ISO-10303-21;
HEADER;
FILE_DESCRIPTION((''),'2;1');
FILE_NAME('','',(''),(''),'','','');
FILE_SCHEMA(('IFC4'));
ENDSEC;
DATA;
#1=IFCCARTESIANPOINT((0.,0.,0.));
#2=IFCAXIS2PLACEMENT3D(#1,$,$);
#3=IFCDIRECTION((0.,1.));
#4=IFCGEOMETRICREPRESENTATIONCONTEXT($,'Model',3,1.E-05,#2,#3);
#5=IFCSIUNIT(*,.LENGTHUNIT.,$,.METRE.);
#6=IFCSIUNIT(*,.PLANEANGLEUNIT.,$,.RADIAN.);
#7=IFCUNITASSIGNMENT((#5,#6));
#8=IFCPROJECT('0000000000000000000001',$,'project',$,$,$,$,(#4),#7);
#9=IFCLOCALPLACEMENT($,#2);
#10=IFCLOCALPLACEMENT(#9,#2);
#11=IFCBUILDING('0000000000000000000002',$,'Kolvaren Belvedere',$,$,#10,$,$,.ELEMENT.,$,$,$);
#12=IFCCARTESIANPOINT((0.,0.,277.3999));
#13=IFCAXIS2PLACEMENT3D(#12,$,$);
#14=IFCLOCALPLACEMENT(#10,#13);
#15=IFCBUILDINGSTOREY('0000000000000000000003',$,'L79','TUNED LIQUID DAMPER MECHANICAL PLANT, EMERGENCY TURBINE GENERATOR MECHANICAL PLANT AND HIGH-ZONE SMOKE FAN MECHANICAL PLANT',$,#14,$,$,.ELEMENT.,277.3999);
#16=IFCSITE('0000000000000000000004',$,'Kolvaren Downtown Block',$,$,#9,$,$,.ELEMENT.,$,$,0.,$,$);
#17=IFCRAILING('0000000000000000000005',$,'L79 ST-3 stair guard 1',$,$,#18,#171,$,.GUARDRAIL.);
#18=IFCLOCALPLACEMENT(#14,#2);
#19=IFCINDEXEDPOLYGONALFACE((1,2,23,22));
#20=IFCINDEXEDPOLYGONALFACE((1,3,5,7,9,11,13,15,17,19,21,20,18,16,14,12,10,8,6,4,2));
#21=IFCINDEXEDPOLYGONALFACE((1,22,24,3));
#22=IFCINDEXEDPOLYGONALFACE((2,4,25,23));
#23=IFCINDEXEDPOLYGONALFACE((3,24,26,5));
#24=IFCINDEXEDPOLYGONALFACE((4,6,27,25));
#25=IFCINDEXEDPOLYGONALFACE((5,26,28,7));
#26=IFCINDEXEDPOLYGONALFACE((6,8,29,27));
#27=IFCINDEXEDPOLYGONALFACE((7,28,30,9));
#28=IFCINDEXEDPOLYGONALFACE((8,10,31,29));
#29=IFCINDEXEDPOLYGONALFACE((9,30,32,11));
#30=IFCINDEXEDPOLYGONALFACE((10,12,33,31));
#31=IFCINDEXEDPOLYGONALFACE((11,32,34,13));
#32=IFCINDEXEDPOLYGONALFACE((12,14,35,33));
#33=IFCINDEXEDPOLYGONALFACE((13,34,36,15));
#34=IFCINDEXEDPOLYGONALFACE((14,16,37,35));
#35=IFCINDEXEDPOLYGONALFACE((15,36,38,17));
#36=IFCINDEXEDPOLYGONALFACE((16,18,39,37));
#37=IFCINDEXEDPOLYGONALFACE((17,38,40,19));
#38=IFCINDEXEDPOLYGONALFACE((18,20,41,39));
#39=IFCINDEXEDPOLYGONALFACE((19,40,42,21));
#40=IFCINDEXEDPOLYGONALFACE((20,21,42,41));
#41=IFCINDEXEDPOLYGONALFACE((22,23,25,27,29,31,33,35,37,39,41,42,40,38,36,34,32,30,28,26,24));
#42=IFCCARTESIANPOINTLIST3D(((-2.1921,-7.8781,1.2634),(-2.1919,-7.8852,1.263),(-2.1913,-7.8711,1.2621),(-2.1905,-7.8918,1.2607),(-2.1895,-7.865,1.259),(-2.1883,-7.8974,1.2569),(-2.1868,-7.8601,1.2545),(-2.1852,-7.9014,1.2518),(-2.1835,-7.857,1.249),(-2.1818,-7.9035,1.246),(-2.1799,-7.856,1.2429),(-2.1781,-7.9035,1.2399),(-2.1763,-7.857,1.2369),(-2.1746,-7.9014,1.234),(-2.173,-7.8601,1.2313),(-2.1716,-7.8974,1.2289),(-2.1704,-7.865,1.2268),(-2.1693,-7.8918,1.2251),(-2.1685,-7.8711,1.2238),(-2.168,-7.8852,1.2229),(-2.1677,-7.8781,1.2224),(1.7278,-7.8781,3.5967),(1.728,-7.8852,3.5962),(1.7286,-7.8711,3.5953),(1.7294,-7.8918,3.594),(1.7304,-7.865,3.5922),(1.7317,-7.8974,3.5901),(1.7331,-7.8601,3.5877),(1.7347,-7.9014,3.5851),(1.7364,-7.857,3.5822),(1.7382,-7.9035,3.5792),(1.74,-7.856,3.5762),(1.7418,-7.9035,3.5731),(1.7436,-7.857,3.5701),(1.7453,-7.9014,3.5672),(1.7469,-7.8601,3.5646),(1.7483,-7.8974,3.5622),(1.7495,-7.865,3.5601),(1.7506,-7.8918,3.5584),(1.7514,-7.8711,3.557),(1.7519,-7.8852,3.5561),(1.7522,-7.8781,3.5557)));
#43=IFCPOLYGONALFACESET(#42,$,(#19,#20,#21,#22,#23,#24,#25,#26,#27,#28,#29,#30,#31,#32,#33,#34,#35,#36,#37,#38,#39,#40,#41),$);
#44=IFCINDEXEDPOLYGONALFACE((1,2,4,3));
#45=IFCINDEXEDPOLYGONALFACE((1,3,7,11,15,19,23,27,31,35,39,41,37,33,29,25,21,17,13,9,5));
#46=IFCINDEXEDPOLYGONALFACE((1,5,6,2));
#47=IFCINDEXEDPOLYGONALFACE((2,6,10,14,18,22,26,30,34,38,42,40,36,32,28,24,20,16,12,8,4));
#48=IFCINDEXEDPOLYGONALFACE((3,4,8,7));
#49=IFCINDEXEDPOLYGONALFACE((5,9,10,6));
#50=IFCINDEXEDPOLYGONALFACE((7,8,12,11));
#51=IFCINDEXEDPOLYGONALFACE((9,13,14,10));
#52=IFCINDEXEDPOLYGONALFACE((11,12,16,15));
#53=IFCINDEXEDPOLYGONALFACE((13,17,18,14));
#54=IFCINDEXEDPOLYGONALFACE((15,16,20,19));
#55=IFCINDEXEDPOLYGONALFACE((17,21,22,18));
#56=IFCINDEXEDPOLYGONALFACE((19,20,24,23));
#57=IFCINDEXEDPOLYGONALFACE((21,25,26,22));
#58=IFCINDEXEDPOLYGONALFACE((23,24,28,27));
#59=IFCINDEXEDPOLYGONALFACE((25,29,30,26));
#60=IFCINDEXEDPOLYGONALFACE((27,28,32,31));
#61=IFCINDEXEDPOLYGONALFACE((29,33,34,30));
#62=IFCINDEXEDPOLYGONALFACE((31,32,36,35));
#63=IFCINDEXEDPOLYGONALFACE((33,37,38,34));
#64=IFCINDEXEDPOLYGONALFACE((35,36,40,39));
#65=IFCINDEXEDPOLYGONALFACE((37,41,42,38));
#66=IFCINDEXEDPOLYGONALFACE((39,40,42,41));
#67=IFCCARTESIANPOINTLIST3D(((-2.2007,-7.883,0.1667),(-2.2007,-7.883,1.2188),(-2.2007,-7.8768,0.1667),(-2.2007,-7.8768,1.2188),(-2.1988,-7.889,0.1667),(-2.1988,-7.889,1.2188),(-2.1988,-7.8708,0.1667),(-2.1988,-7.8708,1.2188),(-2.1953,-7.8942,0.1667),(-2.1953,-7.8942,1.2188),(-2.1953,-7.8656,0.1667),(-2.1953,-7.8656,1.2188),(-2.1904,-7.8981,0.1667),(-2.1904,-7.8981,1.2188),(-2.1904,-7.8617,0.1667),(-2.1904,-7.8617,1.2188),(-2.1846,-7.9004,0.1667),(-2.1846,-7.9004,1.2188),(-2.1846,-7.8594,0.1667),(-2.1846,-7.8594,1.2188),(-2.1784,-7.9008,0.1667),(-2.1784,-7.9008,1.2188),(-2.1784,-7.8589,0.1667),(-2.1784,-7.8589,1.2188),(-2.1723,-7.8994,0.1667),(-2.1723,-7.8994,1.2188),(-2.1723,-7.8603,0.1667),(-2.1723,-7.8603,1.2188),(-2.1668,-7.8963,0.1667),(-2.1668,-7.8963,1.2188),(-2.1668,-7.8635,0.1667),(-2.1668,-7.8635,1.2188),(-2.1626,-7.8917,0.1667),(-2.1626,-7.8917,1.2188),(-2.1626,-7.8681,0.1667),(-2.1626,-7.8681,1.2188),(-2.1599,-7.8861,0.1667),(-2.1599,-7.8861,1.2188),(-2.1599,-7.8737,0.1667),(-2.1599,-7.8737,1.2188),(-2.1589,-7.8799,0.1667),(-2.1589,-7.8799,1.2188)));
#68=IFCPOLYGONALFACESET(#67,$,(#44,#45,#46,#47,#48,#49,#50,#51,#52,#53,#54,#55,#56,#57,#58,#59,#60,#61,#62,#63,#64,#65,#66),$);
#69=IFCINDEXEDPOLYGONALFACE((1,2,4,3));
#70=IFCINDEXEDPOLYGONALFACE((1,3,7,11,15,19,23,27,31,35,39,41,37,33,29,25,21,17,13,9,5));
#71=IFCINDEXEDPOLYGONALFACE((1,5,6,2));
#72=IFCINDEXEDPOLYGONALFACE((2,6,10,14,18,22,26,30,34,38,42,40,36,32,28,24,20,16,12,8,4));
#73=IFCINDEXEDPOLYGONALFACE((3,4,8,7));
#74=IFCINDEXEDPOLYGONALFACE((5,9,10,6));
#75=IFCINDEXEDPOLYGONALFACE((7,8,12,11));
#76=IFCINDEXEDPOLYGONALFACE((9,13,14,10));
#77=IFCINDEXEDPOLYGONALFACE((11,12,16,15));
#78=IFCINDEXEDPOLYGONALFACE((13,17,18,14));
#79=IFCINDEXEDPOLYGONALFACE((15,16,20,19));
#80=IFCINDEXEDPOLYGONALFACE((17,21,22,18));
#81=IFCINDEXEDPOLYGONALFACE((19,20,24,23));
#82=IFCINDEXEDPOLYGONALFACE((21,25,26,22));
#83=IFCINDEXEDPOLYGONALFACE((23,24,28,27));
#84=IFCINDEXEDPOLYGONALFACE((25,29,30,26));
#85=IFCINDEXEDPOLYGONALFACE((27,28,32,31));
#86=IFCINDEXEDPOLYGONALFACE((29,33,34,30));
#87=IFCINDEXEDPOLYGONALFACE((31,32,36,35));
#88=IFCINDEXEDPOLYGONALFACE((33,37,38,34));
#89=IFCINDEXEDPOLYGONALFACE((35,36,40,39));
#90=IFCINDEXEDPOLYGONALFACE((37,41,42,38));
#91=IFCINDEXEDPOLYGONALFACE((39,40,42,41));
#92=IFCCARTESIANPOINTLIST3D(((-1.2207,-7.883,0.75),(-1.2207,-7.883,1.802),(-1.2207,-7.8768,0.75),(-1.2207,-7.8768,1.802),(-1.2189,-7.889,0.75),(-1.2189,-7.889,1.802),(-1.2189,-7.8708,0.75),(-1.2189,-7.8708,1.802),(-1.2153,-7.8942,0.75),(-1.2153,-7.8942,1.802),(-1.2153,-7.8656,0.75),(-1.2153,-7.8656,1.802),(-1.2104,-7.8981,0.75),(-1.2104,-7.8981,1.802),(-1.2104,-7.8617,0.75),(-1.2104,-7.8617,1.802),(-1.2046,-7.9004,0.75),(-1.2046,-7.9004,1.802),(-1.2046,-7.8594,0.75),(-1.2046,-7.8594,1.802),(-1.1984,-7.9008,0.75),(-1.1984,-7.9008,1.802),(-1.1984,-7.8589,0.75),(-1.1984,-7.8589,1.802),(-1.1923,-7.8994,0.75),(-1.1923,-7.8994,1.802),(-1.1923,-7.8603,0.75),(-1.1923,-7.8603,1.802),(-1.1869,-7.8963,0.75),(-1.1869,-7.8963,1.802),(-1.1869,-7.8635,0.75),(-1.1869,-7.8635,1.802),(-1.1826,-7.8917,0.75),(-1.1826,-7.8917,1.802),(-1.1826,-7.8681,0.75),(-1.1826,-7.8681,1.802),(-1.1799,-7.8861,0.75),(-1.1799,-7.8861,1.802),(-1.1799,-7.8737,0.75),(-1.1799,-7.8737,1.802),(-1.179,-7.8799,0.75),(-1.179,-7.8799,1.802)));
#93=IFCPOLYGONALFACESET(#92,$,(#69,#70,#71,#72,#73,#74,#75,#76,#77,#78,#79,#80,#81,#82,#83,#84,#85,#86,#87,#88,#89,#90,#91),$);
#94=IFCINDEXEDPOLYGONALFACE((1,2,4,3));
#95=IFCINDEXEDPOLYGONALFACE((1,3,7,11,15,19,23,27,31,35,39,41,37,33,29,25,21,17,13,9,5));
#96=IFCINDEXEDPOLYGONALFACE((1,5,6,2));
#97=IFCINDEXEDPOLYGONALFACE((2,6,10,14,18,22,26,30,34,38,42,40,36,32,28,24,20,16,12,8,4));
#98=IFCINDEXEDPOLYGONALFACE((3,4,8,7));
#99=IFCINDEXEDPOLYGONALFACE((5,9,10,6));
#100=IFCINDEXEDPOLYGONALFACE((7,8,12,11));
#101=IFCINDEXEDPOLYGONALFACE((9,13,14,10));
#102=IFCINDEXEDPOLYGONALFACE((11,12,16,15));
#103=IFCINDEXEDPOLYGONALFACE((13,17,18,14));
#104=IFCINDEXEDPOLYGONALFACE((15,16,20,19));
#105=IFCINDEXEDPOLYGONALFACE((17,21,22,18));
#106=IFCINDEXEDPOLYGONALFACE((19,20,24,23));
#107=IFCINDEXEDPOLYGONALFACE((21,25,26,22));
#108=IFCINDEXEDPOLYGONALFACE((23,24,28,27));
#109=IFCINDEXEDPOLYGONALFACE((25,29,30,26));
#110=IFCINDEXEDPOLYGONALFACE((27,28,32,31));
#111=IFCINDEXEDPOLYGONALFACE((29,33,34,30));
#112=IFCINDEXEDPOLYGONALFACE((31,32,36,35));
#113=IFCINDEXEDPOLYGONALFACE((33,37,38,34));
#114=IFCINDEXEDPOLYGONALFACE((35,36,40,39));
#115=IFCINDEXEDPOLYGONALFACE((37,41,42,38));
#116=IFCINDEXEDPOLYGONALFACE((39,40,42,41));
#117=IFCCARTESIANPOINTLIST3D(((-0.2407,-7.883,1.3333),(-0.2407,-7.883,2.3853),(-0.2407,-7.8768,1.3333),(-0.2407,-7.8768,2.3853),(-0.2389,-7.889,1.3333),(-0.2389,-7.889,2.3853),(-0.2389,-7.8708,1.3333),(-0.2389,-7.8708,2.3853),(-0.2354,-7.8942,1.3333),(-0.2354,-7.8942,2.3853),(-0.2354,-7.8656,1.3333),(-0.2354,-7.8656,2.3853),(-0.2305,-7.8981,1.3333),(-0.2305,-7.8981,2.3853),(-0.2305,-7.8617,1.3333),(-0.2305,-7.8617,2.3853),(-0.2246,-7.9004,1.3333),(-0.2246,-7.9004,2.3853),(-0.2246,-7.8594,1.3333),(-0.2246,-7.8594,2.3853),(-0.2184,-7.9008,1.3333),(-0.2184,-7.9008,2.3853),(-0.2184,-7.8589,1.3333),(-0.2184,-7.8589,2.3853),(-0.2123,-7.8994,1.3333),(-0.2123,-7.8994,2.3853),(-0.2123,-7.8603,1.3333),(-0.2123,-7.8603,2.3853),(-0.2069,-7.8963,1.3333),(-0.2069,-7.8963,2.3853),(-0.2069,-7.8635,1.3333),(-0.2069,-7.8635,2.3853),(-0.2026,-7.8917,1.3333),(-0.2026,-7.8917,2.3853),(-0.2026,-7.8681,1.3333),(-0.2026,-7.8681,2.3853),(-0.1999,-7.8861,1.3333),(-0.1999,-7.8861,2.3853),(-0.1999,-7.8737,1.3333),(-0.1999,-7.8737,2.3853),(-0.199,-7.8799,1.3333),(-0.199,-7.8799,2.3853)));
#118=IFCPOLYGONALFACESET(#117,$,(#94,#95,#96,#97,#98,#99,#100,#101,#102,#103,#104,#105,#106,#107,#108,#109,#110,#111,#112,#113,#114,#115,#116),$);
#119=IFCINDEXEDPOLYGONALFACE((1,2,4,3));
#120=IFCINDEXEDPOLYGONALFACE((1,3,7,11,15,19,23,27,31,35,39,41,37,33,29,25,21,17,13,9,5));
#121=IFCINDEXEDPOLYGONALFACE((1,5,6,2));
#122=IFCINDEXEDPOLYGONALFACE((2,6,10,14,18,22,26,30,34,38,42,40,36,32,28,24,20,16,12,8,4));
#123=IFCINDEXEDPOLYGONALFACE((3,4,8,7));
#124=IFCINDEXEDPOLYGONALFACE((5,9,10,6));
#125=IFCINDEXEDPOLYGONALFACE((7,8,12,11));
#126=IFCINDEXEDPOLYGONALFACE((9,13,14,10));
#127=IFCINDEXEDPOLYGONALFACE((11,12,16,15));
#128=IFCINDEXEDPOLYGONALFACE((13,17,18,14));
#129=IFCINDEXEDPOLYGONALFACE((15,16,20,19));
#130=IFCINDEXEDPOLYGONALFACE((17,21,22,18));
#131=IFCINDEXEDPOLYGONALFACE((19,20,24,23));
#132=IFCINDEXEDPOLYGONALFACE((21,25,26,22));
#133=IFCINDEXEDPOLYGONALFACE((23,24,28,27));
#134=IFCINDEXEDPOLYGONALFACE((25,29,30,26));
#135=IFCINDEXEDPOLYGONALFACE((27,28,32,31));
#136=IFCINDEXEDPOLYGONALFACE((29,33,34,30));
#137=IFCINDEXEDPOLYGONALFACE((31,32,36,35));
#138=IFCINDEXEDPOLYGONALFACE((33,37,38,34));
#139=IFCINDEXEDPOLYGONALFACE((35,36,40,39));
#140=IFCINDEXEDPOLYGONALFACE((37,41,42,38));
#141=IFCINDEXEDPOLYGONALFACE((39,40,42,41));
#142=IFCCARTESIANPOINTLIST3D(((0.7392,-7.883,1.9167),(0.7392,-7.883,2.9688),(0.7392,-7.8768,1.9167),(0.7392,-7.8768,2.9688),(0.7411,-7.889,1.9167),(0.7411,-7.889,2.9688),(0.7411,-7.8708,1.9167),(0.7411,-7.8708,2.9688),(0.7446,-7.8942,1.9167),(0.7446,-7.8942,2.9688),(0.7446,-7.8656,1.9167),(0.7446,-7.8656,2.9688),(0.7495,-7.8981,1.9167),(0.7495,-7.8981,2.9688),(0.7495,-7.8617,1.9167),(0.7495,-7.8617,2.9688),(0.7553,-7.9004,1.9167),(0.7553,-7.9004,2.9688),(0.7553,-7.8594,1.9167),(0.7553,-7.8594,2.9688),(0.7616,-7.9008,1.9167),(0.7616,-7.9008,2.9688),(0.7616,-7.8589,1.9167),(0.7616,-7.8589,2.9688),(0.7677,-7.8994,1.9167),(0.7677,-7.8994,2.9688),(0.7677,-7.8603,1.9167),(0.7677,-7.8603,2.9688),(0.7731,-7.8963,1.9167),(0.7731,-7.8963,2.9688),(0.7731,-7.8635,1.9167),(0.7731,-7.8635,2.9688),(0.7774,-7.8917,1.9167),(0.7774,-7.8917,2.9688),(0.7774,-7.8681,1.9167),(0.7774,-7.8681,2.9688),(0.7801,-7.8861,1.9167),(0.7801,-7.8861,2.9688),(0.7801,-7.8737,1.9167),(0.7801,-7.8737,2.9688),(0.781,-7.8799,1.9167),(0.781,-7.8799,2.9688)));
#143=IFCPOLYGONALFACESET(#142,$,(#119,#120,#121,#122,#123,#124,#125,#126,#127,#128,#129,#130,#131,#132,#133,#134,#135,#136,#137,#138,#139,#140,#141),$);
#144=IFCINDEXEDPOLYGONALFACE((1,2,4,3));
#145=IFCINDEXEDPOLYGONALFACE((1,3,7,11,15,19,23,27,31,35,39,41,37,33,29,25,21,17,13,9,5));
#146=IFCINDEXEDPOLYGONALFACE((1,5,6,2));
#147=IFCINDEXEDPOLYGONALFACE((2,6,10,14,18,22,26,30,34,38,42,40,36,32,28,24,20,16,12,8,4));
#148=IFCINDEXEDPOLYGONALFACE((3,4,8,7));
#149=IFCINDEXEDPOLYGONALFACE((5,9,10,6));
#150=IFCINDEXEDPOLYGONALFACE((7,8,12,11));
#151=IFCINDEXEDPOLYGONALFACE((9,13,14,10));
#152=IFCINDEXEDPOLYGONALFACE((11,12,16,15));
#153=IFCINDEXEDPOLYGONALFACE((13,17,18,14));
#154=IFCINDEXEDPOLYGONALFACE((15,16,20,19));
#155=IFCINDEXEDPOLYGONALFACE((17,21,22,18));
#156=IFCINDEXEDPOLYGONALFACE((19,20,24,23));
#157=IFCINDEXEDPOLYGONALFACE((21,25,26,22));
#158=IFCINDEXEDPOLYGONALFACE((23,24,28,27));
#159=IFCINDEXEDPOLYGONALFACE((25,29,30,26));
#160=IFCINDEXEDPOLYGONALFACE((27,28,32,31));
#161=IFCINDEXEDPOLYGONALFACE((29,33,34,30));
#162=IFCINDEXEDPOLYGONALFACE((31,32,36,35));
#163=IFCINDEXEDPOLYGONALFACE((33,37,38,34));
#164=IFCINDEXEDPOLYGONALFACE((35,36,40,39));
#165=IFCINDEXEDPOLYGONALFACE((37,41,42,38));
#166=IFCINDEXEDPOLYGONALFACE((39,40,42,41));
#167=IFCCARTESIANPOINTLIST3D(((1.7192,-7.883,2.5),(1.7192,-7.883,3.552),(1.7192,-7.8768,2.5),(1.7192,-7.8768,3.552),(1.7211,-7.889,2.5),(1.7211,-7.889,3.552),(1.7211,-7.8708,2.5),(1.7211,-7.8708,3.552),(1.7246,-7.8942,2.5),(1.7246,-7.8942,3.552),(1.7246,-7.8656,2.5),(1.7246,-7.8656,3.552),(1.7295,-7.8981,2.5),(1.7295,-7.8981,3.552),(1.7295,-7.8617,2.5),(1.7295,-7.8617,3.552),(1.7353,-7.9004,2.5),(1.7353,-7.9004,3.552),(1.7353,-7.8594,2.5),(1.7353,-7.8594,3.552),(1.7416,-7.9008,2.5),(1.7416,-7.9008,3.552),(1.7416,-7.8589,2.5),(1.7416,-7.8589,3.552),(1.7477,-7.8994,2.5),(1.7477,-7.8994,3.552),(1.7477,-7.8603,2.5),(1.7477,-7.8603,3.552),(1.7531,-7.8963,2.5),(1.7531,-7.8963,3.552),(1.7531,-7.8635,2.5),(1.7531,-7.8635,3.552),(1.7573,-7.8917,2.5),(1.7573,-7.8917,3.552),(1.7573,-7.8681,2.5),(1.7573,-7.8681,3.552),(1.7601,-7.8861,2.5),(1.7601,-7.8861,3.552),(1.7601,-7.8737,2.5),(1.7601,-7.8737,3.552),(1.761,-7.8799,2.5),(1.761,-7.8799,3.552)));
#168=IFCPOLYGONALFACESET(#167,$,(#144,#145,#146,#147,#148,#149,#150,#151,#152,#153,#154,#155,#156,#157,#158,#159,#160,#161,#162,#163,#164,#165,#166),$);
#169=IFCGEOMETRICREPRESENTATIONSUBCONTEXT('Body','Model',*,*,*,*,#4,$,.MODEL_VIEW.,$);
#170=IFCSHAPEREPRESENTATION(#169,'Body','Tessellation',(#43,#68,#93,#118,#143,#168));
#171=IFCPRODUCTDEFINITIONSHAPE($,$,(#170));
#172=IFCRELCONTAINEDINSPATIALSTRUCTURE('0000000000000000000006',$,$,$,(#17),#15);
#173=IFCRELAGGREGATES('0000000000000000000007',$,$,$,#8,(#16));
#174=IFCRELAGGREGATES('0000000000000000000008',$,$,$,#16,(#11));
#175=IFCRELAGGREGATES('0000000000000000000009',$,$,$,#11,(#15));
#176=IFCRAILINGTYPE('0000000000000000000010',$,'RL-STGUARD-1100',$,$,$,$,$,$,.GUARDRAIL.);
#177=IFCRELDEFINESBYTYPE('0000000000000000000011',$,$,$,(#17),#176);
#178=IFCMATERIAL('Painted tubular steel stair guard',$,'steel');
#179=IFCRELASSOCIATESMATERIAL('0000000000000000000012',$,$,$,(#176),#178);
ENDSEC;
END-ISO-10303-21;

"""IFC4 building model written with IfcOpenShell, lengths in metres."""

from ifc_helpers import new_model, si_unit, direction, frame, origin, origin_2d, place, context, subcontext, project, spatial, circle, extrude, material, type_object, element, save


model = new_model("IFC4")

# Units and contexts
model_context = context("Model", 3, precision=1e-05, world=origin(), true_north=direction((0.0, 1.0)))
body_context = subcontext(model_context, "Body", "Model", "MODEL_VIEW")
ifc_project = project(units=[si_unit("LENGTHUNIT", "METRE"), si_unit("PLANEANGLEUNIT", "RADIAN")], contexts=[model_context])

# Site, building, storey
site_placement = place(None, origin())
site = spatial("IfcSite", under=ifc_project, at=site_placement, Name="Kolvaren Downtown Block", CompositionType="ELEMENT", RefElevation=0.0)
building_placement = place(site_placement, origin())
building = spatial("IfcBuilding", under=site, at=building_placement, Name="Kolvaren Belvedere", CompositionType="ELEMENT")
storey_placement = place(building_placement, frame((0.0, 0.0, 277.3999)))
storey = spatial("IfcBuildingStorey", under=building, at=storey_placement, Name="L79", Description="TUNED LIQUID DAMPER MECHANICAL PLANT, EMERGENCY TURBINE GENERATOR MECHANICAL PLANT AND HIGH-ZONE SMOKE FAN MECHANICAL PLANT", CompositionType="ELEMENT", Elevation=277.3999)

# Railing
ifc_material_1 = material(Name="Painted tubular steel stair guard", Category="steel")
railing_type_1 = type_object("IfcRailingType", Name="RL-STGUARD-1100", PredefinedType="GUARDRAIL", material=ifc_material_1)
railing_1_placement = place(storey_placement, frame((-2.1799, -7.8799, 0.1667)))
element("IfcRailing", 1, at=railing_1_placement, inside=storey, type_object=railing_type_1, Name="L79 ST-3 stair guard 1", PredefinedType="GUARDRAIL", context=body_context, shape_type="SweptSolid", body=[
    extrude(circle(Radius=0.0239, at=origin_2d()), frame((0.0, 0.0, 1.0762), z_axis=(0.859296, 0.0, 0.511478), x_axis=(0.0, 1.0, 0.0)), (0.0, 0.0, 1.0), 4.5618),
    extrude(circle(Radius=0.021, at=origin_2d()), origin(), (0.0, 0.0, 1.0), 1.052),
    extrude(circle(Radius=0.021, at=origin_2d()), frame((0.98, 0.0, 0.5833)), (0.0, 0.0, 1.0), 1.052),
    extrude(circle(Radius=0.021, at=origin_2d()), frame((1.96, 0.0, 1.1665)), (0.0, 0.0, 1.0), 1.052),
    extrude(circle(Radius=0.021, at=origin_2d()), frame((2.9399, 0.0, 1.75)), (0.0, 0.0, 1.0), 1.052),
    extrude(circle(Radius=0.021, at=origin_2d()), frame((3.9199, 0.0, 2.3333)), (0.0, 0.0, 1.0), 1.052),
])

save(model, "model.ifc")
